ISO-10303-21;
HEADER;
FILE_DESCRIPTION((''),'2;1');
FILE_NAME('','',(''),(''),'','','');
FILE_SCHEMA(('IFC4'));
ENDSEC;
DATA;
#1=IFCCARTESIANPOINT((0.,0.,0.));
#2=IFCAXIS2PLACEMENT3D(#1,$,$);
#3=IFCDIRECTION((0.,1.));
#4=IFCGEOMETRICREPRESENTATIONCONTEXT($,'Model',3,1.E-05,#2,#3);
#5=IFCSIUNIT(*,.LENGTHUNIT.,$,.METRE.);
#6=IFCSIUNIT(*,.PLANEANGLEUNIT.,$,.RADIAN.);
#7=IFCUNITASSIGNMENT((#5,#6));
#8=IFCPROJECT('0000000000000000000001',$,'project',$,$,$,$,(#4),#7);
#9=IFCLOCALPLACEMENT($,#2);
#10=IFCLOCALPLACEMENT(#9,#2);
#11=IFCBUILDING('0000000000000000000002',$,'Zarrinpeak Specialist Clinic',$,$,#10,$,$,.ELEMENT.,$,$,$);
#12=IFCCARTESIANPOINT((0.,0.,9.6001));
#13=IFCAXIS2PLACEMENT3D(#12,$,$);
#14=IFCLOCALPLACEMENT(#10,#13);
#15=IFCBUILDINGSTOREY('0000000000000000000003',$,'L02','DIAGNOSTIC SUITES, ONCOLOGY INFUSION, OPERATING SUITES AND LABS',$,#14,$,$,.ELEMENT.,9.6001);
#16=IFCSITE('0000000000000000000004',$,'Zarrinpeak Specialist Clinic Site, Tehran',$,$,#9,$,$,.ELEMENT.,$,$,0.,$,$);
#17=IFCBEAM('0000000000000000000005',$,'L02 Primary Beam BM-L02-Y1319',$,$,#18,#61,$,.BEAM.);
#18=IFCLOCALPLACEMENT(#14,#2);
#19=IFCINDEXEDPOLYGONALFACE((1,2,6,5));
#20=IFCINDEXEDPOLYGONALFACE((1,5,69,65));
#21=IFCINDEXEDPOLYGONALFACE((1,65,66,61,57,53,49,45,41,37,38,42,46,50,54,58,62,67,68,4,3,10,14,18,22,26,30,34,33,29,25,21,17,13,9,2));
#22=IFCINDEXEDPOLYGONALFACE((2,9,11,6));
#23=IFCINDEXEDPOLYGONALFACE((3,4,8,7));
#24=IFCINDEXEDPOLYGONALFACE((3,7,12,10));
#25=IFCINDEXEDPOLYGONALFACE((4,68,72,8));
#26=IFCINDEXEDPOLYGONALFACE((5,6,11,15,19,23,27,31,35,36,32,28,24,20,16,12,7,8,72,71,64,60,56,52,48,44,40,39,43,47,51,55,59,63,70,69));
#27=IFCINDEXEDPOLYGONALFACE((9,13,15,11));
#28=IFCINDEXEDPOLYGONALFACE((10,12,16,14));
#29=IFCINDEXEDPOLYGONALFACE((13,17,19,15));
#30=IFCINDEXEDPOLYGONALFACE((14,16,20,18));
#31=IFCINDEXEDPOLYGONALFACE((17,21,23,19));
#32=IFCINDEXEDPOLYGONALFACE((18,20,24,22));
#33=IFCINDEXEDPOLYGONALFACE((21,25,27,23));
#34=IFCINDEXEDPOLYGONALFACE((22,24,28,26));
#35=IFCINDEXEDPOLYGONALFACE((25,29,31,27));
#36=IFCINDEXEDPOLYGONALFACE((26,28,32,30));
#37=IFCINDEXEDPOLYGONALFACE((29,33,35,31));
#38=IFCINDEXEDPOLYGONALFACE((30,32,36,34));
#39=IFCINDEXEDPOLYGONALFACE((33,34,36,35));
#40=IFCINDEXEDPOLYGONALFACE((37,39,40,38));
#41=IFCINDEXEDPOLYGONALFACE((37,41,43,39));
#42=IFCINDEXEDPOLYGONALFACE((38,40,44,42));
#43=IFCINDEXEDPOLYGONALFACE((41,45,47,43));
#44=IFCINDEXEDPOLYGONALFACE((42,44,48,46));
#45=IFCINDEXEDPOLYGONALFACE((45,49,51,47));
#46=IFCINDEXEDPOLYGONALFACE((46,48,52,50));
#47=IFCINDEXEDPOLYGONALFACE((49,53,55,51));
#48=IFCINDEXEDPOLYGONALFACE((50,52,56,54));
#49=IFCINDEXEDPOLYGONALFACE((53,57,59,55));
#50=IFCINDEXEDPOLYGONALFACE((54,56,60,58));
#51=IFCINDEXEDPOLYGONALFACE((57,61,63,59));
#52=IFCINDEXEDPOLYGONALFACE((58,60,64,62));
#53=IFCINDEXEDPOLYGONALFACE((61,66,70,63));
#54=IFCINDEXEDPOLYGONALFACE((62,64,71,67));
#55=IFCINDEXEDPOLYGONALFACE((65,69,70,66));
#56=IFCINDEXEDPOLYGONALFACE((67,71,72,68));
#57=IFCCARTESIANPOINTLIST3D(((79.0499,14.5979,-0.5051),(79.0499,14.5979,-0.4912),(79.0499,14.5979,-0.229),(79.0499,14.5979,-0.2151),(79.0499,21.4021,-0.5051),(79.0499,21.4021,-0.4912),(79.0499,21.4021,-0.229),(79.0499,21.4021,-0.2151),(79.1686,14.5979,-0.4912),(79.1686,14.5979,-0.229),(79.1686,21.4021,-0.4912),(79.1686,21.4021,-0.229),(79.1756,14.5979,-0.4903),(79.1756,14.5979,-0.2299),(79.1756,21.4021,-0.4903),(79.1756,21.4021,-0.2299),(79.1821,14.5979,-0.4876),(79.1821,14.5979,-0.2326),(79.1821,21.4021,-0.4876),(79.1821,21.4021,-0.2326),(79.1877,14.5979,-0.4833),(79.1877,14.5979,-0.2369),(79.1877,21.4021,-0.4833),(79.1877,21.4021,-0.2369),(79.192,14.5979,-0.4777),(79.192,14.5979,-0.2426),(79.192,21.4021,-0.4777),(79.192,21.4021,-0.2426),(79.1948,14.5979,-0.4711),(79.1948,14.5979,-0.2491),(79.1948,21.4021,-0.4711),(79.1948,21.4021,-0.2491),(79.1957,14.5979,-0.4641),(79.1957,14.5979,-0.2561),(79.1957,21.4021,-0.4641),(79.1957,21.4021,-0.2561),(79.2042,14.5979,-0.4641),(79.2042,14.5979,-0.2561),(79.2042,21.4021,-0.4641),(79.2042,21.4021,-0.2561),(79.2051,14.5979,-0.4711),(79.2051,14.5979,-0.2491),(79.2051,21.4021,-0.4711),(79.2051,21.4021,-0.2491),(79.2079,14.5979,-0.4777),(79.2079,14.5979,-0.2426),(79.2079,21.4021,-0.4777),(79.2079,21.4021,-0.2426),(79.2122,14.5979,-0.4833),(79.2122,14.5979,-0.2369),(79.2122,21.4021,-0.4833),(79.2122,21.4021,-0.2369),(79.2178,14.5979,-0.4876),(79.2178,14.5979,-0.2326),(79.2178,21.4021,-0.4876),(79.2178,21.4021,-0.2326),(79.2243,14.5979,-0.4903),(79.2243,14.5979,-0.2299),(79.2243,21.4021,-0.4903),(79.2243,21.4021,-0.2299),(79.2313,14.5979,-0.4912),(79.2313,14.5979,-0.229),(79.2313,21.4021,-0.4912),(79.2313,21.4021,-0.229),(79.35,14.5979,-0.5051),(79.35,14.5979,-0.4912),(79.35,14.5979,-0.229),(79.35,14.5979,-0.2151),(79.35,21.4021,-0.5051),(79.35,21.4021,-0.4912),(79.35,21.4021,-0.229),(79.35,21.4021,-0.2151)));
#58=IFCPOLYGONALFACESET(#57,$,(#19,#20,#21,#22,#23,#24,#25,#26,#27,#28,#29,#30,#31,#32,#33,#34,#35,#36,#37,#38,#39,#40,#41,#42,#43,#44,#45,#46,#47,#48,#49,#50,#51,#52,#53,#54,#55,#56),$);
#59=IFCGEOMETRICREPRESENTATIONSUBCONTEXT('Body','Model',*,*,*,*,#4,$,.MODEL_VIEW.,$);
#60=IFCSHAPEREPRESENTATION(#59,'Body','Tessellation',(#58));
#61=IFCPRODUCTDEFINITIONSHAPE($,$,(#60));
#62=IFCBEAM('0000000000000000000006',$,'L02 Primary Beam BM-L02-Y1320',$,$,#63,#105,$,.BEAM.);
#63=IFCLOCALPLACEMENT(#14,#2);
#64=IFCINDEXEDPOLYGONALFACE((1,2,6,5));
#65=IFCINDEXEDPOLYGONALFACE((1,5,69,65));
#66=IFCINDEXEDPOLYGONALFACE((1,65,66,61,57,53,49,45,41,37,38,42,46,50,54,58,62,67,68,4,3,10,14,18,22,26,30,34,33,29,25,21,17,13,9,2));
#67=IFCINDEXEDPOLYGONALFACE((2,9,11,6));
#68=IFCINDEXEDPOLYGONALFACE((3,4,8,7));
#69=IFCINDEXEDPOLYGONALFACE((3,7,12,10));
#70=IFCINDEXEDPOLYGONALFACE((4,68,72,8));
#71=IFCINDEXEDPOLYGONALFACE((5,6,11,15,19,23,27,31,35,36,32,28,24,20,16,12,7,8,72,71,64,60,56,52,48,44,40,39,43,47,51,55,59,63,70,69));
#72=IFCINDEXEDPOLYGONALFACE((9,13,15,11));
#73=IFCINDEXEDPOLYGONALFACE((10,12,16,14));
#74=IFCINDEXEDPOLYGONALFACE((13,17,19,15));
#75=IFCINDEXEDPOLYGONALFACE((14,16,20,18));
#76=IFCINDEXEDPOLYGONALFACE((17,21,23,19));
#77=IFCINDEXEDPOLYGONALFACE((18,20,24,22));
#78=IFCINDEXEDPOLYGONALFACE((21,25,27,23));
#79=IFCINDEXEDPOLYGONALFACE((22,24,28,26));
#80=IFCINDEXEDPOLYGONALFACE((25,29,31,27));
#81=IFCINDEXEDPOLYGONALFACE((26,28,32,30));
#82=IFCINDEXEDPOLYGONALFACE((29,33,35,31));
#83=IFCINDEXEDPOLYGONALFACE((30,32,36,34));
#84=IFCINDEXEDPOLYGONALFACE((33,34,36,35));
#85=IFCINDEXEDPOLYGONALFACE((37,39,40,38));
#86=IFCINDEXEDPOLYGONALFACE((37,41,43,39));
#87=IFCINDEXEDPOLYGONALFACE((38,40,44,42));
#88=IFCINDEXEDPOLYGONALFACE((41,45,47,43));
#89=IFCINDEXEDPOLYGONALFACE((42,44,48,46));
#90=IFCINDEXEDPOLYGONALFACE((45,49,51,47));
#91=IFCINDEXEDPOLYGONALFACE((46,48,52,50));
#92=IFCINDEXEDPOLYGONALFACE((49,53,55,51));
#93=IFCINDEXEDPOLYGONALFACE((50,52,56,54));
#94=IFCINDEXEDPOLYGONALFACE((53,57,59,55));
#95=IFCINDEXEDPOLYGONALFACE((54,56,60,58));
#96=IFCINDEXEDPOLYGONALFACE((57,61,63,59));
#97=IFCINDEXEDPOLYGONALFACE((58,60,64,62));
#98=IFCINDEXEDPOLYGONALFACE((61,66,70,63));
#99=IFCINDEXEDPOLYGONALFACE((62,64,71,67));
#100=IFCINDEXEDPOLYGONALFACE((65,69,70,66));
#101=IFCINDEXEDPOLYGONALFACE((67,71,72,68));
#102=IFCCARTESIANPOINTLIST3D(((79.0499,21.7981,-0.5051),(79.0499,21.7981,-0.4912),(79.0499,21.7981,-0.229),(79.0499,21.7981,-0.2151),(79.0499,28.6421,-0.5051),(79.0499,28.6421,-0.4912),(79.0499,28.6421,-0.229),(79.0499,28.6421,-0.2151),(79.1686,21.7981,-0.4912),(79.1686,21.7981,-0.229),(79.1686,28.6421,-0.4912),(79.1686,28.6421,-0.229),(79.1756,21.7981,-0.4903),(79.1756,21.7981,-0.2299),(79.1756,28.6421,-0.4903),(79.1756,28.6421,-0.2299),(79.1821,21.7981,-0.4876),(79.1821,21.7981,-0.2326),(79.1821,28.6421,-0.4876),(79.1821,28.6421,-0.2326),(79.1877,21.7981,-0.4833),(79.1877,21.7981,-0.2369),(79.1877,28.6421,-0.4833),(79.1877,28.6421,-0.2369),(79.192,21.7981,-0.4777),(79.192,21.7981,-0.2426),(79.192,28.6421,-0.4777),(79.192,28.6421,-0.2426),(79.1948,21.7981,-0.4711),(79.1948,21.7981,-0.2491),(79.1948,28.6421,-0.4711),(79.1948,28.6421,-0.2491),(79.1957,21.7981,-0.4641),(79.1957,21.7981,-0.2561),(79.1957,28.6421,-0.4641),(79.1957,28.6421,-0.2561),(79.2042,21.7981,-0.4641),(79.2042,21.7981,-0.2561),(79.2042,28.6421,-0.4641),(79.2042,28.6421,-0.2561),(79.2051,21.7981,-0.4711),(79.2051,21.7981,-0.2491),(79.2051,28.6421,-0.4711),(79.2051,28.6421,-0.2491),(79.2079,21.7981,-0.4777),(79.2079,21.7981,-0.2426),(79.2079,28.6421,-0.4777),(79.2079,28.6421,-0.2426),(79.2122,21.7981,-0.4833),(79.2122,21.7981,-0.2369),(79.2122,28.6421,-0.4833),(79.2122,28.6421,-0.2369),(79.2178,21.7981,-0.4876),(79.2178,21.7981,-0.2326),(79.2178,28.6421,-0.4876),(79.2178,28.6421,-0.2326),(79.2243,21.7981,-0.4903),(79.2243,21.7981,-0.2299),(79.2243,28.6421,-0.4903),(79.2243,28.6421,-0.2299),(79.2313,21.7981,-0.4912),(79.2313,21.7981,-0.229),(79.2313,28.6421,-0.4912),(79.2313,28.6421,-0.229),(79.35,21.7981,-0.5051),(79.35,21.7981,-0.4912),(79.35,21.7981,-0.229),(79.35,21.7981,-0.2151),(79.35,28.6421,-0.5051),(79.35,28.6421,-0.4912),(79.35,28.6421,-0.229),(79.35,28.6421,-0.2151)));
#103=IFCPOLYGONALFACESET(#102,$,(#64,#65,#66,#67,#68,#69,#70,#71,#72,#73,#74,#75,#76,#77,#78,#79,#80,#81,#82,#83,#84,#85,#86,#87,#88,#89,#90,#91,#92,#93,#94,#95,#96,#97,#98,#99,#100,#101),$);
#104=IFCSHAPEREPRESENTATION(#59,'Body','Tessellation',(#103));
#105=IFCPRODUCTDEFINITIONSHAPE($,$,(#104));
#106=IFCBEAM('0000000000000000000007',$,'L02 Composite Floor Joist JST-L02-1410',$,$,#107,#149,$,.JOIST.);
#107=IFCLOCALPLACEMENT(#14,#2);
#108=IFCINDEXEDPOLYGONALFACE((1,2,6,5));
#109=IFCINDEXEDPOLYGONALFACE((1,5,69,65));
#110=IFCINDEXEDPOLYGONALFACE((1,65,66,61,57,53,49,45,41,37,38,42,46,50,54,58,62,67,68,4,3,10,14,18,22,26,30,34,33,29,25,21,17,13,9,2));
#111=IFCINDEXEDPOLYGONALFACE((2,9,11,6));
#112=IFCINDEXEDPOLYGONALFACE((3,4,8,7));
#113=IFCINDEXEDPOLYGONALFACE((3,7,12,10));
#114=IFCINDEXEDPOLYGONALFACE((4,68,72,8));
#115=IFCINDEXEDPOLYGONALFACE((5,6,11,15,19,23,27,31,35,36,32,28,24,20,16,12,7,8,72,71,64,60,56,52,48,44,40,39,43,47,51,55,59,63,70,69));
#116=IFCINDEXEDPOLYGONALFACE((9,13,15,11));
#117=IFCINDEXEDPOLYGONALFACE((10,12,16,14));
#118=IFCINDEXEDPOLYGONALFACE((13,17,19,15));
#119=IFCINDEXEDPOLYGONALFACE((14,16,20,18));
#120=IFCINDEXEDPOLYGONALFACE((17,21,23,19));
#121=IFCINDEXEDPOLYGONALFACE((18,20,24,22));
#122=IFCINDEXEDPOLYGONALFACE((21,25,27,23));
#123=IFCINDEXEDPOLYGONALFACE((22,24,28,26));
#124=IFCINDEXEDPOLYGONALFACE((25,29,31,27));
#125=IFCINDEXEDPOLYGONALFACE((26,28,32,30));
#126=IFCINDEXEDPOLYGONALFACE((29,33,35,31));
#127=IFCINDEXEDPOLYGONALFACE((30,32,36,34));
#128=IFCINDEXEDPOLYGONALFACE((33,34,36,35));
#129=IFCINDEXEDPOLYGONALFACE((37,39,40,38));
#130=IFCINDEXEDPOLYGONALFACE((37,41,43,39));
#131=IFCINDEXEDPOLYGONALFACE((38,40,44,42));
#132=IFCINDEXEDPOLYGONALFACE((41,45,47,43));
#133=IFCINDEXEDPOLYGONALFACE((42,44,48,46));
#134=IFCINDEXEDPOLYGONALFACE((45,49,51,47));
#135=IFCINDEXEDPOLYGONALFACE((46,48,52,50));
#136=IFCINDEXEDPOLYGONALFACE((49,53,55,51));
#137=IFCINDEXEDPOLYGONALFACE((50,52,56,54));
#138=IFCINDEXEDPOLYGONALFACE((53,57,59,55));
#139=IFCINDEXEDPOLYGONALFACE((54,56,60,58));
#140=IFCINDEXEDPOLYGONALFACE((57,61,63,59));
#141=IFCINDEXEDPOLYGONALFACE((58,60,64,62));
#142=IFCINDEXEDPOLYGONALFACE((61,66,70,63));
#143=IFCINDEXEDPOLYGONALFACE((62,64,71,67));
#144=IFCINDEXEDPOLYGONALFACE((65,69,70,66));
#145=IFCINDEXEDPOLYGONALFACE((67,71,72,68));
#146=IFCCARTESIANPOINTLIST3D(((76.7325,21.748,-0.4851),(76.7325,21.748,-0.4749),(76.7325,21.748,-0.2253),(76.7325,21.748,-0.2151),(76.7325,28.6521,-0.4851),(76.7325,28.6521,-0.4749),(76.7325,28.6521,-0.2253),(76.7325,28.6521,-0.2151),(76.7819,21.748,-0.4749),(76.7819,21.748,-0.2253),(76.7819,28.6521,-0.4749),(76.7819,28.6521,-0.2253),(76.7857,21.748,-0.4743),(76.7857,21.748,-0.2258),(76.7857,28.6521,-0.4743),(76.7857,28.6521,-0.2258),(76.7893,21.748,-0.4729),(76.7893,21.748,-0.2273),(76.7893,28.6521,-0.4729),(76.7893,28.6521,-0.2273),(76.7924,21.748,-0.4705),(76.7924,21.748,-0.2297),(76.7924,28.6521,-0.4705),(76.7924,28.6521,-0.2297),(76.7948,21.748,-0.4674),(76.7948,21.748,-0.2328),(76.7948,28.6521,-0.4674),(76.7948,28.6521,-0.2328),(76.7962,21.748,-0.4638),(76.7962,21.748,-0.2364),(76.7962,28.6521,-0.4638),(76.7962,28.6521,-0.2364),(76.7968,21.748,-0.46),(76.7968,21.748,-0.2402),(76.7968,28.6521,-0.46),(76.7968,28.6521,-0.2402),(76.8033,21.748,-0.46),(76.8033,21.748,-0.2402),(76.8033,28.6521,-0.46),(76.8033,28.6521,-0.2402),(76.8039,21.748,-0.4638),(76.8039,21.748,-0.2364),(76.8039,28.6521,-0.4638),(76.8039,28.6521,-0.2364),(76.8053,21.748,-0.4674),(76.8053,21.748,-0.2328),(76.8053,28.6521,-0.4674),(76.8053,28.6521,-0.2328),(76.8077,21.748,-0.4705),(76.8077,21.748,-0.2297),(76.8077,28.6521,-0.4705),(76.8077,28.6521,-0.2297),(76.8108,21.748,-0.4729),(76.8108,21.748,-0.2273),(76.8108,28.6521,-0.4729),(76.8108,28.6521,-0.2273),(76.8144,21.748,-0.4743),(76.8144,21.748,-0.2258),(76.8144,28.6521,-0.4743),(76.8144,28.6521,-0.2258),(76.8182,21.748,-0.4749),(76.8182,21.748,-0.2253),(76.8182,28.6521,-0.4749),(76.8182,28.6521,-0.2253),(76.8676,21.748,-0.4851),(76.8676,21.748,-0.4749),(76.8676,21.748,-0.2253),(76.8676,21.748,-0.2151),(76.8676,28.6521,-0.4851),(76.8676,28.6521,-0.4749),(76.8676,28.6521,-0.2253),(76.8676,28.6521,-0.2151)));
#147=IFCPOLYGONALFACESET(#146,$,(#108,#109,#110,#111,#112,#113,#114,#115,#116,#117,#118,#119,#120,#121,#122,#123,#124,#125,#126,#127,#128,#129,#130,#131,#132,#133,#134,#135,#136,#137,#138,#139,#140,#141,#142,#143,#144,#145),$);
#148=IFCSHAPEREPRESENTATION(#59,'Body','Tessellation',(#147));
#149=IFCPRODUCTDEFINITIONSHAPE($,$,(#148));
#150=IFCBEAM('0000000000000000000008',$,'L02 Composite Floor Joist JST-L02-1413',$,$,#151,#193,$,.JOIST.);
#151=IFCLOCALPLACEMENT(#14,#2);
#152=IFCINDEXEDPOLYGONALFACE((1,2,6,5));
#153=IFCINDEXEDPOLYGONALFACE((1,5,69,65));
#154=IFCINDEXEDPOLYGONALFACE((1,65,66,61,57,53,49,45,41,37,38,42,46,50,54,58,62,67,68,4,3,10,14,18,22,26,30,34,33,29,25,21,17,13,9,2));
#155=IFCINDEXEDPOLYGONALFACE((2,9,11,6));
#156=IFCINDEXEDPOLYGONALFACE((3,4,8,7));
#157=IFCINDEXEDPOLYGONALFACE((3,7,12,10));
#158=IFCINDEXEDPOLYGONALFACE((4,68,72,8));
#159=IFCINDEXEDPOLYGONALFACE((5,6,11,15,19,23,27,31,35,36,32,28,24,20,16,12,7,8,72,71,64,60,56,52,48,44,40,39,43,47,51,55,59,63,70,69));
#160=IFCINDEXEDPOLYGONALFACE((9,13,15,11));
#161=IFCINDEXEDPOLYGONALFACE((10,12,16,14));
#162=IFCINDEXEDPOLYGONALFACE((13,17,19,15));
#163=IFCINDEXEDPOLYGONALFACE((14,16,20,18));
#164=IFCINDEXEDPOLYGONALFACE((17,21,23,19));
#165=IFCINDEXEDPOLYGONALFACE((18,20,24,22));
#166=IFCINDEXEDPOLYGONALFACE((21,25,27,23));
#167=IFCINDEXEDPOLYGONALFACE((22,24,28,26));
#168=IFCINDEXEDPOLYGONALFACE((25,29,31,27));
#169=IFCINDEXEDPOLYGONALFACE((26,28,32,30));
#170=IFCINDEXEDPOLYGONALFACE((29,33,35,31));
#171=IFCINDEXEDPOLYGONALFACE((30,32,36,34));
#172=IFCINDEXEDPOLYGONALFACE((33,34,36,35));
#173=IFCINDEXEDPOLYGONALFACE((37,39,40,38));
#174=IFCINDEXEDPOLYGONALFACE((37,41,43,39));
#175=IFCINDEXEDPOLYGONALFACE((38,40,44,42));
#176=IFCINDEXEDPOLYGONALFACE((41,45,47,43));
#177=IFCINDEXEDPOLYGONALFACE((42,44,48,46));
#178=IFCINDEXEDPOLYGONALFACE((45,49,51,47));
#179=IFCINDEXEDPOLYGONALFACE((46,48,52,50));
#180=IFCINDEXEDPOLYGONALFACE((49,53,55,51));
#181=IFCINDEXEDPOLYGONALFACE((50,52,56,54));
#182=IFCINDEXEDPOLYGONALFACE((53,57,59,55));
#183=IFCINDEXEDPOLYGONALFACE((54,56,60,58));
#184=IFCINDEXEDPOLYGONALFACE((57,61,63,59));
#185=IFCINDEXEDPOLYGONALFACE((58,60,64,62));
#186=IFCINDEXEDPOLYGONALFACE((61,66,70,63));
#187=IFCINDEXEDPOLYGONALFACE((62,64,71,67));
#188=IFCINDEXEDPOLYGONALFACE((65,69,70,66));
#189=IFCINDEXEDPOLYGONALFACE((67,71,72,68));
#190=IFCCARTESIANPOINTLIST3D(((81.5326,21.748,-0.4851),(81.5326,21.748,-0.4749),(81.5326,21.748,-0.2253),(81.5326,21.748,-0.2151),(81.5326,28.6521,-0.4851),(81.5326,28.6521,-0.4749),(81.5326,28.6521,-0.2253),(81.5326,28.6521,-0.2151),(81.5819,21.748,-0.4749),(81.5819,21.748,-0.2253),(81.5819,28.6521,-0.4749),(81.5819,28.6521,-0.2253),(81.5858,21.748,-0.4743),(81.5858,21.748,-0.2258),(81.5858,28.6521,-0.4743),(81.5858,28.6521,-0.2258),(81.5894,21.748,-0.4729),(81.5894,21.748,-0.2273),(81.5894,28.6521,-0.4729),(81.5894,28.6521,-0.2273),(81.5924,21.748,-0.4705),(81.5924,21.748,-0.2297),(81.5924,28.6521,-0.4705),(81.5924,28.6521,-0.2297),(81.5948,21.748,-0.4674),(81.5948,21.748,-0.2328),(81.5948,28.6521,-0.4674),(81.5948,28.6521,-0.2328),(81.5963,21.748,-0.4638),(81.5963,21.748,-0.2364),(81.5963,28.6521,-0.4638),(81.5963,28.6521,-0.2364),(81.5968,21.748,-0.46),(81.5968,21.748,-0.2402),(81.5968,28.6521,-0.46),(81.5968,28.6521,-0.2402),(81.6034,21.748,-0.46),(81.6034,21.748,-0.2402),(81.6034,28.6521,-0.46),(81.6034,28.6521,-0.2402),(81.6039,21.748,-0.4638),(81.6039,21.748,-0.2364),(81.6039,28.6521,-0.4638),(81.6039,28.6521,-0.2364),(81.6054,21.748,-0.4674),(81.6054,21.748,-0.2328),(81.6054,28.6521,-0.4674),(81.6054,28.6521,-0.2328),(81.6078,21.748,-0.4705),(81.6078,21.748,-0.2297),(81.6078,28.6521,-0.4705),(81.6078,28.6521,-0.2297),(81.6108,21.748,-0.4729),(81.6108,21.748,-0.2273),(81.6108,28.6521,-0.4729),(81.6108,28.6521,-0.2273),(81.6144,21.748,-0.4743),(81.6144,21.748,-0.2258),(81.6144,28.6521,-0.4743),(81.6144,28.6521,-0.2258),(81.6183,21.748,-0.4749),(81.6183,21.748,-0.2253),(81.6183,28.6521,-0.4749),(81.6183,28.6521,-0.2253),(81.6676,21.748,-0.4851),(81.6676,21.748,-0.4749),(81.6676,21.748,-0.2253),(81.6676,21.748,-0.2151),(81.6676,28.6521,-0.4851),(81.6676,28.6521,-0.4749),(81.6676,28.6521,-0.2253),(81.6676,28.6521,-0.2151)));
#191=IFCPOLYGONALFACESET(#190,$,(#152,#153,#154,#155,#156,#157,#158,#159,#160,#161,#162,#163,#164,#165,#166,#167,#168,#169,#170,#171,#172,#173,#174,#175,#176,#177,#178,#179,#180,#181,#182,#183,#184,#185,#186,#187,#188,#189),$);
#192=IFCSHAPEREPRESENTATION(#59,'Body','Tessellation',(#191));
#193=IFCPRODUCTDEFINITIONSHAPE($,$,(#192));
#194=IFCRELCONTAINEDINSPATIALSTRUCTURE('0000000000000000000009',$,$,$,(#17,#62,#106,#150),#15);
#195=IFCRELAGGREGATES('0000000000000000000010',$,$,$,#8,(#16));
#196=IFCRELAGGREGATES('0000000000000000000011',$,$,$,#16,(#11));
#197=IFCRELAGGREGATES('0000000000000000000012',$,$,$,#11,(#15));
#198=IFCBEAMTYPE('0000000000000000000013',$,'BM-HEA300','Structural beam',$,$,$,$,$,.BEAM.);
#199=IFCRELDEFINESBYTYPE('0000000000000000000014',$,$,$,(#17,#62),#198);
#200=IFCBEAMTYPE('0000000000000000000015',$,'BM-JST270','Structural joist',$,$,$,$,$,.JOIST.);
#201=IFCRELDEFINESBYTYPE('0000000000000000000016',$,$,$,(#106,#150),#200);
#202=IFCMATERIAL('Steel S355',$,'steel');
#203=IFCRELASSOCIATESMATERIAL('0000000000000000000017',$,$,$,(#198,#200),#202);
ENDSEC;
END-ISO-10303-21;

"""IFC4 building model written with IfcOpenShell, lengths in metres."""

from ifc_helpers import new_model, si_unit, direction, frame, origin, origin_2d, place, context, subcontext, project, spatial, i_section, extrude, material, material_profile, profile_set, type_object, element, save


model = new_model("IFC4")

# Units and contexts
model_context = context("Model", 3, precision=1e-05, world=origin(), true_north=direction((0.0, 1.0)))
body_context = subcontext(model_context, "Body", "Model", "MODEL_VIEW")
ifc_project = project(units=[si_unit("LENGTHUNIT", "METRE"), si_unit("PLANEANGLEUNIT", "RADIAN")], contexts=[model_context])

# Site, building, storey
site_placement = place(None, origin())
site = spatial("IfcSite", under=ifc_project, at=site_placement, Name="Zarrinpeak Specialist Clinic Site, Tehran", CompositionType="ELEMENT", RefElevation=0.0)
building_placement = place(site_placement, origin())
building = spatial("IfcBuilding", under=site, at=building_placement, Name="Zarrinpeak Specialist Clinic", CompositionType="ELEMENT")
storey_placement = place(building_placement, frame((0.0, 0.0, 9.6001)))
storey = spatial("IfcBuildingStorey", under=building, at=storey_placement, Name="L02", Description="DIAGNOSTIC SUITES, ONCOLOGY INFUSION, OPERATING SUITES AND LABS", CompositionType="ELEMENT", Elevation=9.6001)

# Shared definitions
ifc_material_1 = material(Name="Steel S355", Category="steel")

# Beams
ifc_material_profile_1 = material_profile(ifc_material_1, i_section(OverallWidth=0.3, OverallDepth=0.29, WebThickness=0.0085, FlangeThickness=0.0139, FilletRadius=0.0271, at=origin_2d()), Name="HEA 300")
ifc_profile_set_1 = profile_set([ifc_material_profile_1], Name="Steel S355")
beam_type_1 = type_object("IfcBeamType", Name="BM-HEA300", Description="Structural beam", PredefinedType="BEAM", material=ifc_profile_set_1)
beam_1_placement = place(storey_placement, frame((79.2, 14.5979, -0.3601), z_axis=(0.0, 1.0, 0.0), x_axis=(-1.0, 0.0, 0.0)))
element("IfcBeam", 1, at=beam_1_placement, inside=storey, type_object=beam_type_1, Name="L02 Primary Beam BM-L02-Y1319", PredefinedType="BEAM", context=body_context, shape_type="SweptSolid", body=[
    extrude(i_section(OverallWidth=0.3, OverallDepth=0.29, WebThickness=0.0085, FlangeThickness=0.0139, FilletRadius=0.0271, at=origin_2d()), origin(), (0.0, 0.0, 1.0), 6.8042),
])
beam_2_placement = place(storey_placement, frame((79.2, 21.7981, -0.3601), z_axis=(0.0, 1.0, 0.0), x_axis=(-1.0, 0.0, 0.0)))
element("IfcBeam", 2, at=beam_2_placement, inside=storey, type_object=beam_type_1, Name="L02 Primary Beam BM-L02-Y1320", PredefinedType="BEAM", context=body_context, shape_type="SweptSolid", body=[
    extrude(i_section(OverallWidth=0.3, OverallDepth=0.29, WebThickness=0.0085, FlangeThickness=0.0139, FilletRadius=0.0271, at=origin_2d()), origin(), (0.0, 0.0, 1.0), 6.844),
])
ifc_material_profile_2 = material_profile(ifc_material_1, i_section(OverallWidth=0.135, OverallDepth=0.27, WebThickness=0.0066, FlangeThickness=0.0103, FilletRadius=0.0149, at=origin_2d()), Name="IPE 270")
ifc_profile_set_2 = profile_set([ifc_material_profile_2], Name="Steel S355")
beam_type_2 = type_object("IfcBeamType", Name="BM-JST270", Description="Structural joist", PredefinedType="JOIST", material=ifc_profile_set_2)
for number, where, z_axis, x_axis, name in (
    (3, (76.8, 21.748, -0.3501), (0.0, 1.0, 0.0), (-1.0, 0.0, 0.0), "L02 Composite Floor Joist JST-L02-1410"),
    (4, (81.6001, 21.748, -0.3501), (0.0, 1.0, 0.0), (-1.0, 0.0, 0.0), "L02 Composite Floor Joist JST-L02-1413"),
):
    element("IfcBeam", number, at=place(storey_placement, frame(where, z_axis=z_axis, x_axis=x_axis)), inside=storey, type_object=beam_type_2, Name=name, PredefinedType="JOIST", context=body_context, shape_type="SweptSolid", body=[
        extrude(i_section(OverallWidth=0.135, OverallDepth=0.27, WebThickness=0.0066, FlangeThickness=0.0103, FilletRadius=0.0149, at=origin_2d()), origin(), (0.0, 0.0, 1.0), 6.9041),
    ])

save(model, "model.ifc")
